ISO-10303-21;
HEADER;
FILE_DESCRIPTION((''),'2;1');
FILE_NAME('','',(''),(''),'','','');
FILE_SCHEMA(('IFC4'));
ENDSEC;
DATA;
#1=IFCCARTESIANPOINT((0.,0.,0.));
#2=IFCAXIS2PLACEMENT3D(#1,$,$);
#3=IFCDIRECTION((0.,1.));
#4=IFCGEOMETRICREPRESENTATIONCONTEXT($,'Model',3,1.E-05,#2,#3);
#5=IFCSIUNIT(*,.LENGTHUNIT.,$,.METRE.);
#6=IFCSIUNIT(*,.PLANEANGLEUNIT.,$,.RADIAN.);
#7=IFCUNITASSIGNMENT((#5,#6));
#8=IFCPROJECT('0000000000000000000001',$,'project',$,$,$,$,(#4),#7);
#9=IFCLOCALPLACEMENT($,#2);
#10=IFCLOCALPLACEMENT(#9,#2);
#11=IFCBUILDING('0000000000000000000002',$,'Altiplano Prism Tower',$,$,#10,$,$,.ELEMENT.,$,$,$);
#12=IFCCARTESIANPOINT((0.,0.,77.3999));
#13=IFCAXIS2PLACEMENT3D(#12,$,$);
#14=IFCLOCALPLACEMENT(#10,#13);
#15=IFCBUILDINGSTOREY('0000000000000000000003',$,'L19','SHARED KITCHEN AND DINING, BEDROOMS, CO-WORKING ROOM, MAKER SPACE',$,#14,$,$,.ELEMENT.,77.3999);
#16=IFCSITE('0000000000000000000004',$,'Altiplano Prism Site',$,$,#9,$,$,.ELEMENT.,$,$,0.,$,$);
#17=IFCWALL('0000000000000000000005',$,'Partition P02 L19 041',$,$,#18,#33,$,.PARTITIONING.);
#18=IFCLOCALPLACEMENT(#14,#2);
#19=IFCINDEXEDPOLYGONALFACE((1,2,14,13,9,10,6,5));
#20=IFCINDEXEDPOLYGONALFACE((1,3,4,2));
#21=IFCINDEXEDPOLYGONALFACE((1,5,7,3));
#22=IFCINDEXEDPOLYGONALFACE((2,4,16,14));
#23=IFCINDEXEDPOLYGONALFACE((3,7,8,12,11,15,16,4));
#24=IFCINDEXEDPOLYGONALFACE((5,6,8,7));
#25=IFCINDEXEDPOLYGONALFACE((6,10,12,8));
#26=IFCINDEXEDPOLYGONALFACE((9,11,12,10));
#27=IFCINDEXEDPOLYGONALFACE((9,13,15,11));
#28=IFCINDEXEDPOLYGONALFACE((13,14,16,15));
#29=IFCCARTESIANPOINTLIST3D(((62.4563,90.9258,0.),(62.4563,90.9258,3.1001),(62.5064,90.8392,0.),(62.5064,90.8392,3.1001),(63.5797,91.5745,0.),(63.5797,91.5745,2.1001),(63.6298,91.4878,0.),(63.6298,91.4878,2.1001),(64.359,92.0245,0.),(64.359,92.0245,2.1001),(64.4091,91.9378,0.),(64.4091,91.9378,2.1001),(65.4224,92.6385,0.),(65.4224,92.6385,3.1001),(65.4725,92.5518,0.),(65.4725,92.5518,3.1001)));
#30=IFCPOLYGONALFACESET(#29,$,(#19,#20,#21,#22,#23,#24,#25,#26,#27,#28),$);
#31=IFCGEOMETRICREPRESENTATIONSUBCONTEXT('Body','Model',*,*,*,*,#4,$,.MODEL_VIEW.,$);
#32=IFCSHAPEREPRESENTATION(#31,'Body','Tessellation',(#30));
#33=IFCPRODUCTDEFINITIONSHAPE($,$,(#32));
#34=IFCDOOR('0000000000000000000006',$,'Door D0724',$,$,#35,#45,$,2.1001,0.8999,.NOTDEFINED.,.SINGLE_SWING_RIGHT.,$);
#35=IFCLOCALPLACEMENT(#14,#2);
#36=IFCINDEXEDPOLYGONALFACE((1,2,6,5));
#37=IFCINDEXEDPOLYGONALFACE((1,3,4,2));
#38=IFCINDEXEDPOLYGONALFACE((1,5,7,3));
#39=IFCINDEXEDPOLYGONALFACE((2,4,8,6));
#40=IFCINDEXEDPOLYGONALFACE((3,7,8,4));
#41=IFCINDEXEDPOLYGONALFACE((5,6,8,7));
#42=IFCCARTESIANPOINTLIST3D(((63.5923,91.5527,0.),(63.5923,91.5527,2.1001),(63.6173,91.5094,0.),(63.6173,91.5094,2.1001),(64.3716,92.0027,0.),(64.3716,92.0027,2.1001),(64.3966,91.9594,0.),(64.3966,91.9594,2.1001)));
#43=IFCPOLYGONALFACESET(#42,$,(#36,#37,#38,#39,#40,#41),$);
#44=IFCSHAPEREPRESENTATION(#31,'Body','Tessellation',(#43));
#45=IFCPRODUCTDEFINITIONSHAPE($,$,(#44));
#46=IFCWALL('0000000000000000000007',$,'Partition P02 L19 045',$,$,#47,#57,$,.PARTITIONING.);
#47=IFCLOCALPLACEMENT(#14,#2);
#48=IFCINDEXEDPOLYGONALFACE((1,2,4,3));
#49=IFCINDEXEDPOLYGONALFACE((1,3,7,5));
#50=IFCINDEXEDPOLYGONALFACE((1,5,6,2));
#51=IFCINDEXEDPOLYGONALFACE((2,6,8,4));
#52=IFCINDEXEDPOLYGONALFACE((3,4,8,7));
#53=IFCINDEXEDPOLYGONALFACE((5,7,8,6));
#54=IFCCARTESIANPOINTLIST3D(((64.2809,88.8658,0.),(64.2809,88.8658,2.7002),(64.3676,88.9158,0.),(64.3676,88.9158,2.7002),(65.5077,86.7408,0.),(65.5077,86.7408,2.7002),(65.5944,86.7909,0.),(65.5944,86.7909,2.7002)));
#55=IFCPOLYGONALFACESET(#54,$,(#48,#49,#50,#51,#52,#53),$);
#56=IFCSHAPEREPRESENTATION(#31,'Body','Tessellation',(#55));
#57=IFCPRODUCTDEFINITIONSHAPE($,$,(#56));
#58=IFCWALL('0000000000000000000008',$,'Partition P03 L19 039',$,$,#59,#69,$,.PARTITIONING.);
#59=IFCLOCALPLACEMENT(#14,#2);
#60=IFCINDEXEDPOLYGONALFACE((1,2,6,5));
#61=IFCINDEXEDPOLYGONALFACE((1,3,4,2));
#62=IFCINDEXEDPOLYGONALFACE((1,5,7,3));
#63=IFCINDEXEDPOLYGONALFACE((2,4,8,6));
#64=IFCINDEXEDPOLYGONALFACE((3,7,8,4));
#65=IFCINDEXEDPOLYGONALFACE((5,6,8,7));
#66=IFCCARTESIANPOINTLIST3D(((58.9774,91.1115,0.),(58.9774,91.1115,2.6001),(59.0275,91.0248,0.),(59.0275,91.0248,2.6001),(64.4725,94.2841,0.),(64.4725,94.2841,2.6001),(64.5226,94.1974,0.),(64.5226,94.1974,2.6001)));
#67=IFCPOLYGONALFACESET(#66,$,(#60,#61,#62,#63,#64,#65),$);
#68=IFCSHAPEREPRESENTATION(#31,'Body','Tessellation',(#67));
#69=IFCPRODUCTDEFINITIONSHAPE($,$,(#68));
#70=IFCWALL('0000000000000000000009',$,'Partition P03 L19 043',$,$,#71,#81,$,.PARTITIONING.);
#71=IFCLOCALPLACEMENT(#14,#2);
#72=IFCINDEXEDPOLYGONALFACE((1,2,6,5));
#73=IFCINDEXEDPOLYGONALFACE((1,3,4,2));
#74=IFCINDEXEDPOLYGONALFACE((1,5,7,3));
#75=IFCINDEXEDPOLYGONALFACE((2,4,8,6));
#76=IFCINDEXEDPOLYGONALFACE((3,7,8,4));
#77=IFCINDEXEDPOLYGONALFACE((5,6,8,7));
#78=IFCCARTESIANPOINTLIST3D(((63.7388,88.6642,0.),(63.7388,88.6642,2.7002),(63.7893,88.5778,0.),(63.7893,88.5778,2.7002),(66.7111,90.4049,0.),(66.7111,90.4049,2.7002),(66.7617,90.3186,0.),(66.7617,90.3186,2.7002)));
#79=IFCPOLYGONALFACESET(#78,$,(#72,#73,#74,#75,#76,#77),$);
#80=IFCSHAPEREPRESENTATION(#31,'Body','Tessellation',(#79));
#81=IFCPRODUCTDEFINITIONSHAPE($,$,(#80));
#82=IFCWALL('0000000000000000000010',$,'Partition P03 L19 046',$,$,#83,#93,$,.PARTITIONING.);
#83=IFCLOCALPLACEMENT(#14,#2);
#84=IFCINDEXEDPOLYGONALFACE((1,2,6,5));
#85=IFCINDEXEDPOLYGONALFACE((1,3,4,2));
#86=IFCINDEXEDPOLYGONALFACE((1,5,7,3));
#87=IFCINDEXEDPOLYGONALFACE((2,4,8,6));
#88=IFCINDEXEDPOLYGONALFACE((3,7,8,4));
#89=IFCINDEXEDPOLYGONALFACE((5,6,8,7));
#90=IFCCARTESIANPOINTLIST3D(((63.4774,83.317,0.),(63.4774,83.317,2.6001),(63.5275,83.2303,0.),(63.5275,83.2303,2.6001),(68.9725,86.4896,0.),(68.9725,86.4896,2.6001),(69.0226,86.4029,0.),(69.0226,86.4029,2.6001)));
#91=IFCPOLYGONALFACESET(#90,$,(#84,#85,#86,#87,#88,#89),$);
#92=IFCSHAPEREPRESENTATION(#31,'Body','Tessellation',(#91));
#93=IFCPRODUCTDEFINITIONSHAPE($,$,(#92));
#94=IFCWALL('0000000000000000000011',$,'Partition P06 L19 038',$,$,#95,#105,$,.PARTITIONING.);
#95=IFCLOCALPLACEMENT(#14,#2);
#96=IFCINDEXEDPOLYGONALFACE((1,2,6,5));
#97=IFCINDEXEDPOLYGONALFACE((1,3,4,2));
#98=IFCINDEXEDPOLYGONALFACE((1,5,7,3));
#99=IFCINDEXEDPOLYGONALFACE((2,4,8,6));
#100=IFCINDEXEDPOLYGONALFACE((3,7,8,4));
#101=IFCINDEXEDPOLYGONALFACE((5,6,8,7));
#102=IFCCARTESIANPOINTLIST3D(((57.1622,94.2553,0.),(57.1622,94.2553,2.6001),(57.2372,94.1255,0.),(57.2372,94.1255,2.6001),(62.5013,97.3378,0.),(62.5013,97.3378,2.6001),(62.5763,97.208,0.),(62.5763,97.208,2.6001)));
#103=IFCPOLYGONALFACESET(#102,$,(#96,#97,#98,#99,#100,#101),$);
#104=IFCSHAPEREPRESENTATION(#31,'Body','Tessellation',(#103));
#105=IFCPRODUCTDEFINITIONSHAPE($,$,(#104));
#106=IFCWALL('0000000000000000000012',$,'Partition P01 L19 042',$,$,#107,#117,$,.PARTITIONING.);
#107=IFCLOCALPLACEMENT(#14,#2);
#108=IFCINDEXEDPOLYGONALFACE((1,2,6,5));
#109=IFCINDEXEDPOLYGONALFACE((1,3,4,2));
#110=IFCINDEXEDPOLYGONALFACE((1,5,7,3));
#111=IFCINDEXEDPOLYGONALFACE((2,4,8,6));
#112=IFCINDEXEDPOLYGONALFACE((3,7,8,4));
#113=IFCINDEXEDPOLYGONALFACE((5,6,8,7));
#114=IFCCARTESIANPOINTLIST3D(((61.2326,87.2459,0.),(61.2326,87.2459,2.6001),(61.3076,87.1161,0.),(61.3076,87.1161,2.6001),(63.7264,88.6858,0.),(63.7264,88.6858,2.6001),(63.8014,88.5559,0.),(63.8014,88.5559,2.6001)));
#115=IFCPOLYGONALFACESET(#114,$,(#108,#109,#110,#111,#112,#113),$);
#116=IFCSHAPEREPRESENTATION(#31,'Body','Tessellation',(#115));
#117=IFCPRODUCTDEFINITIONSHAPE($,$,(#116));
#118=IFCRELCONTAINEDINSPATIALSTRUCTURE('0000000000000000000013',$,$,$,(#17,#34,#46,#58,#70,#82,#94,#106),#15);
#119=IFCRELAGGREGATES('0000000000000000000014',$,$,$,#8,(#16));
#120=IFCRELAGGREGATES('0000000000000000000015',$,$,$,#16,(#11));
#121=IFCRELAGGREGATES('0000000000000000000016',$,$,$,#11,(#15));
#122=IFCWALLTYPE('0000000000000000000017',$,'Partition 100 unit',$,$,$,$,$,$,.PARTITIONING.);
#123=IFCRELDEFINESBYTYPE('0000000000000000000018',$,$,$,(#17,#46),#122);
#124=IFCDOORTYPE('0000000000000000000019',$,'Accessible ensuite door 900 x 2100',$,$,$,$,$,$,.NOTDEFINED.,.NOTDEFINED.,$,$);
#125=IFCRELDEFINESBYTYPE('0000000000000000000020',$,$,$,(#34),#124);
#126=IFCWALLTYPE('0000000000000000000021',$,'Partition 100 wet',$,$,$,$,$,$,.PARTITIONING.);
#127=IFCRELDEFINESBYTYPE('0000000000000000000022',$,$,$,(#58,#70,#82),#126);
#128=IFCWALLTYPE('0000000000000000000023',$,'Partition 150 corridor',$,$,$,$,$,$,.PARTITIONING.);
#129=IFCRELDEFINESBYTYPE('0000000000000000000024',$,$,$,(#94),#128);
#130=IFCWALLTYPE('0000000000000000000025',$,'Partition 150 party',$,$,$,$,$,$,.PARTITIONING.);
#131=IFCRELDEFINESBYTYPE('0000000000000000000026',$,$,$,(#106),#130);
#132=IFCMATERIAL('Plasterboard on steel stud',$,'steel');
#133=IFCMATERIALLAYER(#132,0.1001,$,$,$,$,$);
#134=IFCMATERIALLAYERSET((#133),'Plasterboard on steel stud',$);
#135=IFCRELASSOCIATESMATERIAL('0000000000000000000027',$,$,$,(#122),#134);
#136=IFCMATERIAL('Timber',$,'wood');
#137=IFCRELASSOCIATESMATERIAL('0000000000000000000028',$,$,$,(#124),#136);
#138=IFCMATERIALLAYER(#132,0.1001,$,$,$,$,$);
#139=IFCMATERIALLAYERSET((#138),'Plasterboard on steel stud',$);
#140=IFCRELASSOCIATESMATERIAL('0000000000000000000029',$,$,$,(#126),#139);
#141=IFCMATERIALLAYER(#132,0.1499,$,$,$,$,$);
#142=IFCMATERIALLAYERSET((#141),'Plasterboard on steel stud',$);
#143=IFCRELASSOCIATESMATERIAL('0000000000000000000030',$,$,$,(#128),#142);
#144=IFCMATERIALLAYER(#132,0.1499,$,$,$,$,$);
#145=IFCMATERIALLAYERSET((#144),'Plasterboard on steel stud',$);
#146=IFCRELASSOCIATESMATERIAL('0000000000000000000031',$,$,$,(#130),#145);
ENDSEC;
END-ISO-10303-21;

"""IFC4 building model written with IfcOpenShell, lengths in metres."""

from ifc_helpers import new_model, si_unit, direction, frame, frame_2d, origin, place, context, subcontext, project, spatial, rectangle, extrude, material, layer, layer_set, type_object, element, fill, save


model = new_model("IFC4")

# Units and contexts
model_context = context("Model", 3, precision=1e-05, world=origin(), true_north=direction((0.0, 1.0)))
body_context = subcontext(model_context, "Body", "Model", "MODEL_VIEW")
ifc_project = project(units=[si_unit("LENGTHUNIT", "METRE"), si_unit("PLANEANGLEUNIT", "RADIAN")], contexts=[model_context])

# Site, building, storey
site_placement = place(None, origin())
site = spatial("IfcSite", under=ifc_project, at=site_placement, Name="Altiplano Prism Site", CompositionType="ELEMENT", RefElevation=0.0)
building_placement = place(site_placement, origin())
building = spatial("IfcBuilding", under=site, at=building_placement, Name="Altiplano Prism Tower", CompositionType="ELEMENT")
storey_placement = place(building_placement, frame((0.0, 0.0, 77.3999)))
storey = spatial("IfcBuildingStorey", under=building, at=storey_placement, Name="L19", Description="SHARED KITCHEN AND DINING, BEDROOMS, CO-WORKING ROOM, MAKER SPACE", CompositionType="ELEMENT", Elevation=77.3999)

# Shared definitions
ifc_material_1 = material(Name="Plasterboard on steel stud", Category="steel")
ifc_layer_1 = layer(ifc_material_1, 0.1001)
ifc_layer_set_1 = layer_set([ifc_layer_1], Name="Plasterboard on steel stud")
wall_type_1 = type_object("IfcWallType", Name="Partition 100 unit", PredefinedType="PARTITIONING", material=ifc_layer_set_1)

# Wall, opening, door
wall_1_placement = place(storey_placement, frame((62.4814, 90.8826, 0.0), z_axis=(0.0, 0.0, 1.0), x_axis=(0.866002, 0.500041, 0.0)))
wall_1 = element("IfcWall", 1, at=wall_1_placement, inside=storey, type_object=wall_type_1, Name="Partition P02 L19 041", PredefinedType="PARTITIONING", context=body_context, shape_type="SweptSolid", body=[
    extrude(rectangle(XDim=3.425, YDim=0.1001, at=frame_2d((1.7124, 0.0))), origin(), (0.0, 0.0, 1.0), 3.1001),
])
opening_placement = place(wall_1_placement, frame((1.2971, 0.0, 0.0)))
opening = element("IfcOpeningElement", 2, at=opening_placement, cuts=wall_1, PredefinedType="OPENING", context=body_context, shape_type="SweptSolid", body=[
    extrude(rectangle(XDim=0.8999, YDim=2.1001, at=frame_2d((0.45, 1.05))), frame((0.0, 0.0605, 0.0), z_axis=(0.0, -1.0, 0.0), x_axis=(1.0, 0.0, 0.0)), (0.0, 0.0, 1.0), 0.1211),
])
ifc_material_2 = material(Name="Timber", Category="wood")
door_type = type_object("IfcDoorType", Name="Accessible ensuite door 900 x 2100", OperationType="NOTDEFINED", PredefinedType="NOTDEFINED", material=ifc_material_2)
door_placement = place(opening_placement, origin())
door = element("IfcDoor", 3, at=door_placement, inside=storey, type_object=door_type, Name="Door D0724", OperationType="SINGLE_SWING_RIGHT", OverallHeight=2.1001, OverallWidth=0.8999, PredefinedType="NOTDEFINED", context=body_context, shape_type="SweptSolid", body=[
    extrude(rectangle(XDim=0.8999, YDim=2.1001, at=frame_2d((0.45, 1.05))), frame((0.0, 0.0249, 0.0), z_axis=(0.0, -1.0, 0.0), x_axis=(1.0, 0.0, 0.0)), (0.0, 0.0, 1.0), 0.05),
])
fill(opening, door)

# Walls
wall_2_placement = place(storey_placement, frame((65.551, 86.7659, 0.0), z_axis=(0.0, 0.0, 1.0), x_axis=(-0.499981, 0.866036, 0.0)))
element("IfcWall", 4, at=wall_2_placement, inside=storey, type_object=wall_type_1, Name="Partition P02 L19 045", PredefinedType="PARTITIONING", context=body_context, shape_type="SweptSolid", body=[
    extrude(rectangle(XDim=2.4536, YDim=0.1001, at=frame_2d((1.2268, 0.0))), origin(), (0.0, 0.0, 1.0), 2.7002),
])
ifc_layer_2 = layer(ifc_material_1, 0.1001)
ifc_layer_set_2 = layer_set([ifc_layer_2], Name="Plasterboard on steel stud")
wall_type_2 = type_object("IfcWallType", Name="Partition 100 wet", PredefinedType="PARTITIONING", material=ifc_layer_set_2)
wall_3_placement = place(storey_placement, frame((59.0024, 91.0681, 0.0), z_axis=(0.0, 0.0, 1.0), x_axis=(0.866025, 0.5, 0.0)))
element("IfcWall", 5, at=wall_3_placement, inside=storey, type_object=wall_type_2, Name="Partition P03 L19 039", PredefinedType="PARTITIONING", context=body_context, shape_type="SweptSolid", body=[
    extrude(rectangle(XDim=6.3452, YDim=0.1001, at=frame_2d((3.1726, 0.0))), origin(), (0.0, 0.0, 1.0), 2.6001),
])
wall_4_placement = place(storey_placement, frame((63.7642, 88.6211, 0.0), z_axis=(0.0, 0.0, 1.0), x_axis=(0.862916, 0.505347, 0.0)))
element("IfcWall", 6, at=wall_4_placement, inside=storey, type_object=wall_type_2, Name="Partition P03 L19 043", PredefinedType="PARTITIONING", context=body_context, shape_type="SweptSolid", body=[
    extrude(rectangle(XDim=3.4446, YDim=0.1001, at=frame_2d((1.7222, 0.0))), origin(), (0.0, 0.0, 1.0), 2.7002),
])
wall_5_placement = place(storey_placement, frame((63.5024, 83.2737, 0.0), z_axis=(0.0, 0.0, 1.0), x_axis=(0.866025, 0.5, 0.0)))
element("IfcWall", 7, at=wall_5_placement, inside=storey, type_object=wall_type_2, Name="Partition P03 L19 046", PredefinedType="PARTITIONING", context=body_context, shape_type="SweptSolid", body=[
    extrude(rectangle(XDim=6.3452, YDim=0.1001, at=frame_2d((3.1726, 0.0))), origin(), (0.0, 0.0, 1.0), 2.6001),
])
ifc_layer_3 = layer(ifc_material_1, 0.1499)
ifc_layer_set_3 = layer_set([ifc_layer_3], Name="Plasterboard on steel stud")
wall_type_3 = type_object("IfcWallType", Name="Partition 150 corridor", PredefinedType="PARTITIONING", material=ifc_layer_set_3)
wall_6_placement = place(storey_placement, frame((57.1997, 94.1904, 0.0), z_axis=(0.0, 0.0, 1.0), x_axis=(0.866027, 0.499998, 0.0)))
element("IfcWall", 8, at=wall_6_placement, inside=storey, type_object=wall_type_3, Name="Partition P06 L19 038", PredefinedType="PARTITIONING", context=body_context, shape_type="SweptSolid", body=[
    extrude(rectangle(XDim=6.165, YDim=0.1499, at=frame_2d((3.0825, 0.0))), origin(), (0.0, 0.0, 1.0), 2.6001),
])
ifc_layer_4 = layer(ifc_material_1, 0.1499)
ifc_layer_set_4 = layer_set([ifc_layer_4], Name="Plasterboard on steel stud")
wall_type_4 = type_object("IfcWallType", Name="Partition 150 party", PredefinedType="PARTITIONING", material=ifc_layer_set_4)
wall_7_placement = place(storey_placement, frame((61.27, 87.1809, 0.0), z_axis=(0.0, 0.0, 1.0), x_axis=(0.866012, 0.500023, 0.0)))
element("IfcWall", 9, at=wall_7_placement, inside=storey, type_object=wall_type_4, Name="Partition P01 L19 042", PredefinedType="PARTITIONING", context=body_context, shape_type="SweptSolid", body=[
    extrude(rectangle(XDim=2.8796, YDim=0.1499, at=frame_2d((1.4399, 0.0))), origin(), (0.0, 0.0, 1.0), 2.6001),
])

save(model, "model.ifc")
